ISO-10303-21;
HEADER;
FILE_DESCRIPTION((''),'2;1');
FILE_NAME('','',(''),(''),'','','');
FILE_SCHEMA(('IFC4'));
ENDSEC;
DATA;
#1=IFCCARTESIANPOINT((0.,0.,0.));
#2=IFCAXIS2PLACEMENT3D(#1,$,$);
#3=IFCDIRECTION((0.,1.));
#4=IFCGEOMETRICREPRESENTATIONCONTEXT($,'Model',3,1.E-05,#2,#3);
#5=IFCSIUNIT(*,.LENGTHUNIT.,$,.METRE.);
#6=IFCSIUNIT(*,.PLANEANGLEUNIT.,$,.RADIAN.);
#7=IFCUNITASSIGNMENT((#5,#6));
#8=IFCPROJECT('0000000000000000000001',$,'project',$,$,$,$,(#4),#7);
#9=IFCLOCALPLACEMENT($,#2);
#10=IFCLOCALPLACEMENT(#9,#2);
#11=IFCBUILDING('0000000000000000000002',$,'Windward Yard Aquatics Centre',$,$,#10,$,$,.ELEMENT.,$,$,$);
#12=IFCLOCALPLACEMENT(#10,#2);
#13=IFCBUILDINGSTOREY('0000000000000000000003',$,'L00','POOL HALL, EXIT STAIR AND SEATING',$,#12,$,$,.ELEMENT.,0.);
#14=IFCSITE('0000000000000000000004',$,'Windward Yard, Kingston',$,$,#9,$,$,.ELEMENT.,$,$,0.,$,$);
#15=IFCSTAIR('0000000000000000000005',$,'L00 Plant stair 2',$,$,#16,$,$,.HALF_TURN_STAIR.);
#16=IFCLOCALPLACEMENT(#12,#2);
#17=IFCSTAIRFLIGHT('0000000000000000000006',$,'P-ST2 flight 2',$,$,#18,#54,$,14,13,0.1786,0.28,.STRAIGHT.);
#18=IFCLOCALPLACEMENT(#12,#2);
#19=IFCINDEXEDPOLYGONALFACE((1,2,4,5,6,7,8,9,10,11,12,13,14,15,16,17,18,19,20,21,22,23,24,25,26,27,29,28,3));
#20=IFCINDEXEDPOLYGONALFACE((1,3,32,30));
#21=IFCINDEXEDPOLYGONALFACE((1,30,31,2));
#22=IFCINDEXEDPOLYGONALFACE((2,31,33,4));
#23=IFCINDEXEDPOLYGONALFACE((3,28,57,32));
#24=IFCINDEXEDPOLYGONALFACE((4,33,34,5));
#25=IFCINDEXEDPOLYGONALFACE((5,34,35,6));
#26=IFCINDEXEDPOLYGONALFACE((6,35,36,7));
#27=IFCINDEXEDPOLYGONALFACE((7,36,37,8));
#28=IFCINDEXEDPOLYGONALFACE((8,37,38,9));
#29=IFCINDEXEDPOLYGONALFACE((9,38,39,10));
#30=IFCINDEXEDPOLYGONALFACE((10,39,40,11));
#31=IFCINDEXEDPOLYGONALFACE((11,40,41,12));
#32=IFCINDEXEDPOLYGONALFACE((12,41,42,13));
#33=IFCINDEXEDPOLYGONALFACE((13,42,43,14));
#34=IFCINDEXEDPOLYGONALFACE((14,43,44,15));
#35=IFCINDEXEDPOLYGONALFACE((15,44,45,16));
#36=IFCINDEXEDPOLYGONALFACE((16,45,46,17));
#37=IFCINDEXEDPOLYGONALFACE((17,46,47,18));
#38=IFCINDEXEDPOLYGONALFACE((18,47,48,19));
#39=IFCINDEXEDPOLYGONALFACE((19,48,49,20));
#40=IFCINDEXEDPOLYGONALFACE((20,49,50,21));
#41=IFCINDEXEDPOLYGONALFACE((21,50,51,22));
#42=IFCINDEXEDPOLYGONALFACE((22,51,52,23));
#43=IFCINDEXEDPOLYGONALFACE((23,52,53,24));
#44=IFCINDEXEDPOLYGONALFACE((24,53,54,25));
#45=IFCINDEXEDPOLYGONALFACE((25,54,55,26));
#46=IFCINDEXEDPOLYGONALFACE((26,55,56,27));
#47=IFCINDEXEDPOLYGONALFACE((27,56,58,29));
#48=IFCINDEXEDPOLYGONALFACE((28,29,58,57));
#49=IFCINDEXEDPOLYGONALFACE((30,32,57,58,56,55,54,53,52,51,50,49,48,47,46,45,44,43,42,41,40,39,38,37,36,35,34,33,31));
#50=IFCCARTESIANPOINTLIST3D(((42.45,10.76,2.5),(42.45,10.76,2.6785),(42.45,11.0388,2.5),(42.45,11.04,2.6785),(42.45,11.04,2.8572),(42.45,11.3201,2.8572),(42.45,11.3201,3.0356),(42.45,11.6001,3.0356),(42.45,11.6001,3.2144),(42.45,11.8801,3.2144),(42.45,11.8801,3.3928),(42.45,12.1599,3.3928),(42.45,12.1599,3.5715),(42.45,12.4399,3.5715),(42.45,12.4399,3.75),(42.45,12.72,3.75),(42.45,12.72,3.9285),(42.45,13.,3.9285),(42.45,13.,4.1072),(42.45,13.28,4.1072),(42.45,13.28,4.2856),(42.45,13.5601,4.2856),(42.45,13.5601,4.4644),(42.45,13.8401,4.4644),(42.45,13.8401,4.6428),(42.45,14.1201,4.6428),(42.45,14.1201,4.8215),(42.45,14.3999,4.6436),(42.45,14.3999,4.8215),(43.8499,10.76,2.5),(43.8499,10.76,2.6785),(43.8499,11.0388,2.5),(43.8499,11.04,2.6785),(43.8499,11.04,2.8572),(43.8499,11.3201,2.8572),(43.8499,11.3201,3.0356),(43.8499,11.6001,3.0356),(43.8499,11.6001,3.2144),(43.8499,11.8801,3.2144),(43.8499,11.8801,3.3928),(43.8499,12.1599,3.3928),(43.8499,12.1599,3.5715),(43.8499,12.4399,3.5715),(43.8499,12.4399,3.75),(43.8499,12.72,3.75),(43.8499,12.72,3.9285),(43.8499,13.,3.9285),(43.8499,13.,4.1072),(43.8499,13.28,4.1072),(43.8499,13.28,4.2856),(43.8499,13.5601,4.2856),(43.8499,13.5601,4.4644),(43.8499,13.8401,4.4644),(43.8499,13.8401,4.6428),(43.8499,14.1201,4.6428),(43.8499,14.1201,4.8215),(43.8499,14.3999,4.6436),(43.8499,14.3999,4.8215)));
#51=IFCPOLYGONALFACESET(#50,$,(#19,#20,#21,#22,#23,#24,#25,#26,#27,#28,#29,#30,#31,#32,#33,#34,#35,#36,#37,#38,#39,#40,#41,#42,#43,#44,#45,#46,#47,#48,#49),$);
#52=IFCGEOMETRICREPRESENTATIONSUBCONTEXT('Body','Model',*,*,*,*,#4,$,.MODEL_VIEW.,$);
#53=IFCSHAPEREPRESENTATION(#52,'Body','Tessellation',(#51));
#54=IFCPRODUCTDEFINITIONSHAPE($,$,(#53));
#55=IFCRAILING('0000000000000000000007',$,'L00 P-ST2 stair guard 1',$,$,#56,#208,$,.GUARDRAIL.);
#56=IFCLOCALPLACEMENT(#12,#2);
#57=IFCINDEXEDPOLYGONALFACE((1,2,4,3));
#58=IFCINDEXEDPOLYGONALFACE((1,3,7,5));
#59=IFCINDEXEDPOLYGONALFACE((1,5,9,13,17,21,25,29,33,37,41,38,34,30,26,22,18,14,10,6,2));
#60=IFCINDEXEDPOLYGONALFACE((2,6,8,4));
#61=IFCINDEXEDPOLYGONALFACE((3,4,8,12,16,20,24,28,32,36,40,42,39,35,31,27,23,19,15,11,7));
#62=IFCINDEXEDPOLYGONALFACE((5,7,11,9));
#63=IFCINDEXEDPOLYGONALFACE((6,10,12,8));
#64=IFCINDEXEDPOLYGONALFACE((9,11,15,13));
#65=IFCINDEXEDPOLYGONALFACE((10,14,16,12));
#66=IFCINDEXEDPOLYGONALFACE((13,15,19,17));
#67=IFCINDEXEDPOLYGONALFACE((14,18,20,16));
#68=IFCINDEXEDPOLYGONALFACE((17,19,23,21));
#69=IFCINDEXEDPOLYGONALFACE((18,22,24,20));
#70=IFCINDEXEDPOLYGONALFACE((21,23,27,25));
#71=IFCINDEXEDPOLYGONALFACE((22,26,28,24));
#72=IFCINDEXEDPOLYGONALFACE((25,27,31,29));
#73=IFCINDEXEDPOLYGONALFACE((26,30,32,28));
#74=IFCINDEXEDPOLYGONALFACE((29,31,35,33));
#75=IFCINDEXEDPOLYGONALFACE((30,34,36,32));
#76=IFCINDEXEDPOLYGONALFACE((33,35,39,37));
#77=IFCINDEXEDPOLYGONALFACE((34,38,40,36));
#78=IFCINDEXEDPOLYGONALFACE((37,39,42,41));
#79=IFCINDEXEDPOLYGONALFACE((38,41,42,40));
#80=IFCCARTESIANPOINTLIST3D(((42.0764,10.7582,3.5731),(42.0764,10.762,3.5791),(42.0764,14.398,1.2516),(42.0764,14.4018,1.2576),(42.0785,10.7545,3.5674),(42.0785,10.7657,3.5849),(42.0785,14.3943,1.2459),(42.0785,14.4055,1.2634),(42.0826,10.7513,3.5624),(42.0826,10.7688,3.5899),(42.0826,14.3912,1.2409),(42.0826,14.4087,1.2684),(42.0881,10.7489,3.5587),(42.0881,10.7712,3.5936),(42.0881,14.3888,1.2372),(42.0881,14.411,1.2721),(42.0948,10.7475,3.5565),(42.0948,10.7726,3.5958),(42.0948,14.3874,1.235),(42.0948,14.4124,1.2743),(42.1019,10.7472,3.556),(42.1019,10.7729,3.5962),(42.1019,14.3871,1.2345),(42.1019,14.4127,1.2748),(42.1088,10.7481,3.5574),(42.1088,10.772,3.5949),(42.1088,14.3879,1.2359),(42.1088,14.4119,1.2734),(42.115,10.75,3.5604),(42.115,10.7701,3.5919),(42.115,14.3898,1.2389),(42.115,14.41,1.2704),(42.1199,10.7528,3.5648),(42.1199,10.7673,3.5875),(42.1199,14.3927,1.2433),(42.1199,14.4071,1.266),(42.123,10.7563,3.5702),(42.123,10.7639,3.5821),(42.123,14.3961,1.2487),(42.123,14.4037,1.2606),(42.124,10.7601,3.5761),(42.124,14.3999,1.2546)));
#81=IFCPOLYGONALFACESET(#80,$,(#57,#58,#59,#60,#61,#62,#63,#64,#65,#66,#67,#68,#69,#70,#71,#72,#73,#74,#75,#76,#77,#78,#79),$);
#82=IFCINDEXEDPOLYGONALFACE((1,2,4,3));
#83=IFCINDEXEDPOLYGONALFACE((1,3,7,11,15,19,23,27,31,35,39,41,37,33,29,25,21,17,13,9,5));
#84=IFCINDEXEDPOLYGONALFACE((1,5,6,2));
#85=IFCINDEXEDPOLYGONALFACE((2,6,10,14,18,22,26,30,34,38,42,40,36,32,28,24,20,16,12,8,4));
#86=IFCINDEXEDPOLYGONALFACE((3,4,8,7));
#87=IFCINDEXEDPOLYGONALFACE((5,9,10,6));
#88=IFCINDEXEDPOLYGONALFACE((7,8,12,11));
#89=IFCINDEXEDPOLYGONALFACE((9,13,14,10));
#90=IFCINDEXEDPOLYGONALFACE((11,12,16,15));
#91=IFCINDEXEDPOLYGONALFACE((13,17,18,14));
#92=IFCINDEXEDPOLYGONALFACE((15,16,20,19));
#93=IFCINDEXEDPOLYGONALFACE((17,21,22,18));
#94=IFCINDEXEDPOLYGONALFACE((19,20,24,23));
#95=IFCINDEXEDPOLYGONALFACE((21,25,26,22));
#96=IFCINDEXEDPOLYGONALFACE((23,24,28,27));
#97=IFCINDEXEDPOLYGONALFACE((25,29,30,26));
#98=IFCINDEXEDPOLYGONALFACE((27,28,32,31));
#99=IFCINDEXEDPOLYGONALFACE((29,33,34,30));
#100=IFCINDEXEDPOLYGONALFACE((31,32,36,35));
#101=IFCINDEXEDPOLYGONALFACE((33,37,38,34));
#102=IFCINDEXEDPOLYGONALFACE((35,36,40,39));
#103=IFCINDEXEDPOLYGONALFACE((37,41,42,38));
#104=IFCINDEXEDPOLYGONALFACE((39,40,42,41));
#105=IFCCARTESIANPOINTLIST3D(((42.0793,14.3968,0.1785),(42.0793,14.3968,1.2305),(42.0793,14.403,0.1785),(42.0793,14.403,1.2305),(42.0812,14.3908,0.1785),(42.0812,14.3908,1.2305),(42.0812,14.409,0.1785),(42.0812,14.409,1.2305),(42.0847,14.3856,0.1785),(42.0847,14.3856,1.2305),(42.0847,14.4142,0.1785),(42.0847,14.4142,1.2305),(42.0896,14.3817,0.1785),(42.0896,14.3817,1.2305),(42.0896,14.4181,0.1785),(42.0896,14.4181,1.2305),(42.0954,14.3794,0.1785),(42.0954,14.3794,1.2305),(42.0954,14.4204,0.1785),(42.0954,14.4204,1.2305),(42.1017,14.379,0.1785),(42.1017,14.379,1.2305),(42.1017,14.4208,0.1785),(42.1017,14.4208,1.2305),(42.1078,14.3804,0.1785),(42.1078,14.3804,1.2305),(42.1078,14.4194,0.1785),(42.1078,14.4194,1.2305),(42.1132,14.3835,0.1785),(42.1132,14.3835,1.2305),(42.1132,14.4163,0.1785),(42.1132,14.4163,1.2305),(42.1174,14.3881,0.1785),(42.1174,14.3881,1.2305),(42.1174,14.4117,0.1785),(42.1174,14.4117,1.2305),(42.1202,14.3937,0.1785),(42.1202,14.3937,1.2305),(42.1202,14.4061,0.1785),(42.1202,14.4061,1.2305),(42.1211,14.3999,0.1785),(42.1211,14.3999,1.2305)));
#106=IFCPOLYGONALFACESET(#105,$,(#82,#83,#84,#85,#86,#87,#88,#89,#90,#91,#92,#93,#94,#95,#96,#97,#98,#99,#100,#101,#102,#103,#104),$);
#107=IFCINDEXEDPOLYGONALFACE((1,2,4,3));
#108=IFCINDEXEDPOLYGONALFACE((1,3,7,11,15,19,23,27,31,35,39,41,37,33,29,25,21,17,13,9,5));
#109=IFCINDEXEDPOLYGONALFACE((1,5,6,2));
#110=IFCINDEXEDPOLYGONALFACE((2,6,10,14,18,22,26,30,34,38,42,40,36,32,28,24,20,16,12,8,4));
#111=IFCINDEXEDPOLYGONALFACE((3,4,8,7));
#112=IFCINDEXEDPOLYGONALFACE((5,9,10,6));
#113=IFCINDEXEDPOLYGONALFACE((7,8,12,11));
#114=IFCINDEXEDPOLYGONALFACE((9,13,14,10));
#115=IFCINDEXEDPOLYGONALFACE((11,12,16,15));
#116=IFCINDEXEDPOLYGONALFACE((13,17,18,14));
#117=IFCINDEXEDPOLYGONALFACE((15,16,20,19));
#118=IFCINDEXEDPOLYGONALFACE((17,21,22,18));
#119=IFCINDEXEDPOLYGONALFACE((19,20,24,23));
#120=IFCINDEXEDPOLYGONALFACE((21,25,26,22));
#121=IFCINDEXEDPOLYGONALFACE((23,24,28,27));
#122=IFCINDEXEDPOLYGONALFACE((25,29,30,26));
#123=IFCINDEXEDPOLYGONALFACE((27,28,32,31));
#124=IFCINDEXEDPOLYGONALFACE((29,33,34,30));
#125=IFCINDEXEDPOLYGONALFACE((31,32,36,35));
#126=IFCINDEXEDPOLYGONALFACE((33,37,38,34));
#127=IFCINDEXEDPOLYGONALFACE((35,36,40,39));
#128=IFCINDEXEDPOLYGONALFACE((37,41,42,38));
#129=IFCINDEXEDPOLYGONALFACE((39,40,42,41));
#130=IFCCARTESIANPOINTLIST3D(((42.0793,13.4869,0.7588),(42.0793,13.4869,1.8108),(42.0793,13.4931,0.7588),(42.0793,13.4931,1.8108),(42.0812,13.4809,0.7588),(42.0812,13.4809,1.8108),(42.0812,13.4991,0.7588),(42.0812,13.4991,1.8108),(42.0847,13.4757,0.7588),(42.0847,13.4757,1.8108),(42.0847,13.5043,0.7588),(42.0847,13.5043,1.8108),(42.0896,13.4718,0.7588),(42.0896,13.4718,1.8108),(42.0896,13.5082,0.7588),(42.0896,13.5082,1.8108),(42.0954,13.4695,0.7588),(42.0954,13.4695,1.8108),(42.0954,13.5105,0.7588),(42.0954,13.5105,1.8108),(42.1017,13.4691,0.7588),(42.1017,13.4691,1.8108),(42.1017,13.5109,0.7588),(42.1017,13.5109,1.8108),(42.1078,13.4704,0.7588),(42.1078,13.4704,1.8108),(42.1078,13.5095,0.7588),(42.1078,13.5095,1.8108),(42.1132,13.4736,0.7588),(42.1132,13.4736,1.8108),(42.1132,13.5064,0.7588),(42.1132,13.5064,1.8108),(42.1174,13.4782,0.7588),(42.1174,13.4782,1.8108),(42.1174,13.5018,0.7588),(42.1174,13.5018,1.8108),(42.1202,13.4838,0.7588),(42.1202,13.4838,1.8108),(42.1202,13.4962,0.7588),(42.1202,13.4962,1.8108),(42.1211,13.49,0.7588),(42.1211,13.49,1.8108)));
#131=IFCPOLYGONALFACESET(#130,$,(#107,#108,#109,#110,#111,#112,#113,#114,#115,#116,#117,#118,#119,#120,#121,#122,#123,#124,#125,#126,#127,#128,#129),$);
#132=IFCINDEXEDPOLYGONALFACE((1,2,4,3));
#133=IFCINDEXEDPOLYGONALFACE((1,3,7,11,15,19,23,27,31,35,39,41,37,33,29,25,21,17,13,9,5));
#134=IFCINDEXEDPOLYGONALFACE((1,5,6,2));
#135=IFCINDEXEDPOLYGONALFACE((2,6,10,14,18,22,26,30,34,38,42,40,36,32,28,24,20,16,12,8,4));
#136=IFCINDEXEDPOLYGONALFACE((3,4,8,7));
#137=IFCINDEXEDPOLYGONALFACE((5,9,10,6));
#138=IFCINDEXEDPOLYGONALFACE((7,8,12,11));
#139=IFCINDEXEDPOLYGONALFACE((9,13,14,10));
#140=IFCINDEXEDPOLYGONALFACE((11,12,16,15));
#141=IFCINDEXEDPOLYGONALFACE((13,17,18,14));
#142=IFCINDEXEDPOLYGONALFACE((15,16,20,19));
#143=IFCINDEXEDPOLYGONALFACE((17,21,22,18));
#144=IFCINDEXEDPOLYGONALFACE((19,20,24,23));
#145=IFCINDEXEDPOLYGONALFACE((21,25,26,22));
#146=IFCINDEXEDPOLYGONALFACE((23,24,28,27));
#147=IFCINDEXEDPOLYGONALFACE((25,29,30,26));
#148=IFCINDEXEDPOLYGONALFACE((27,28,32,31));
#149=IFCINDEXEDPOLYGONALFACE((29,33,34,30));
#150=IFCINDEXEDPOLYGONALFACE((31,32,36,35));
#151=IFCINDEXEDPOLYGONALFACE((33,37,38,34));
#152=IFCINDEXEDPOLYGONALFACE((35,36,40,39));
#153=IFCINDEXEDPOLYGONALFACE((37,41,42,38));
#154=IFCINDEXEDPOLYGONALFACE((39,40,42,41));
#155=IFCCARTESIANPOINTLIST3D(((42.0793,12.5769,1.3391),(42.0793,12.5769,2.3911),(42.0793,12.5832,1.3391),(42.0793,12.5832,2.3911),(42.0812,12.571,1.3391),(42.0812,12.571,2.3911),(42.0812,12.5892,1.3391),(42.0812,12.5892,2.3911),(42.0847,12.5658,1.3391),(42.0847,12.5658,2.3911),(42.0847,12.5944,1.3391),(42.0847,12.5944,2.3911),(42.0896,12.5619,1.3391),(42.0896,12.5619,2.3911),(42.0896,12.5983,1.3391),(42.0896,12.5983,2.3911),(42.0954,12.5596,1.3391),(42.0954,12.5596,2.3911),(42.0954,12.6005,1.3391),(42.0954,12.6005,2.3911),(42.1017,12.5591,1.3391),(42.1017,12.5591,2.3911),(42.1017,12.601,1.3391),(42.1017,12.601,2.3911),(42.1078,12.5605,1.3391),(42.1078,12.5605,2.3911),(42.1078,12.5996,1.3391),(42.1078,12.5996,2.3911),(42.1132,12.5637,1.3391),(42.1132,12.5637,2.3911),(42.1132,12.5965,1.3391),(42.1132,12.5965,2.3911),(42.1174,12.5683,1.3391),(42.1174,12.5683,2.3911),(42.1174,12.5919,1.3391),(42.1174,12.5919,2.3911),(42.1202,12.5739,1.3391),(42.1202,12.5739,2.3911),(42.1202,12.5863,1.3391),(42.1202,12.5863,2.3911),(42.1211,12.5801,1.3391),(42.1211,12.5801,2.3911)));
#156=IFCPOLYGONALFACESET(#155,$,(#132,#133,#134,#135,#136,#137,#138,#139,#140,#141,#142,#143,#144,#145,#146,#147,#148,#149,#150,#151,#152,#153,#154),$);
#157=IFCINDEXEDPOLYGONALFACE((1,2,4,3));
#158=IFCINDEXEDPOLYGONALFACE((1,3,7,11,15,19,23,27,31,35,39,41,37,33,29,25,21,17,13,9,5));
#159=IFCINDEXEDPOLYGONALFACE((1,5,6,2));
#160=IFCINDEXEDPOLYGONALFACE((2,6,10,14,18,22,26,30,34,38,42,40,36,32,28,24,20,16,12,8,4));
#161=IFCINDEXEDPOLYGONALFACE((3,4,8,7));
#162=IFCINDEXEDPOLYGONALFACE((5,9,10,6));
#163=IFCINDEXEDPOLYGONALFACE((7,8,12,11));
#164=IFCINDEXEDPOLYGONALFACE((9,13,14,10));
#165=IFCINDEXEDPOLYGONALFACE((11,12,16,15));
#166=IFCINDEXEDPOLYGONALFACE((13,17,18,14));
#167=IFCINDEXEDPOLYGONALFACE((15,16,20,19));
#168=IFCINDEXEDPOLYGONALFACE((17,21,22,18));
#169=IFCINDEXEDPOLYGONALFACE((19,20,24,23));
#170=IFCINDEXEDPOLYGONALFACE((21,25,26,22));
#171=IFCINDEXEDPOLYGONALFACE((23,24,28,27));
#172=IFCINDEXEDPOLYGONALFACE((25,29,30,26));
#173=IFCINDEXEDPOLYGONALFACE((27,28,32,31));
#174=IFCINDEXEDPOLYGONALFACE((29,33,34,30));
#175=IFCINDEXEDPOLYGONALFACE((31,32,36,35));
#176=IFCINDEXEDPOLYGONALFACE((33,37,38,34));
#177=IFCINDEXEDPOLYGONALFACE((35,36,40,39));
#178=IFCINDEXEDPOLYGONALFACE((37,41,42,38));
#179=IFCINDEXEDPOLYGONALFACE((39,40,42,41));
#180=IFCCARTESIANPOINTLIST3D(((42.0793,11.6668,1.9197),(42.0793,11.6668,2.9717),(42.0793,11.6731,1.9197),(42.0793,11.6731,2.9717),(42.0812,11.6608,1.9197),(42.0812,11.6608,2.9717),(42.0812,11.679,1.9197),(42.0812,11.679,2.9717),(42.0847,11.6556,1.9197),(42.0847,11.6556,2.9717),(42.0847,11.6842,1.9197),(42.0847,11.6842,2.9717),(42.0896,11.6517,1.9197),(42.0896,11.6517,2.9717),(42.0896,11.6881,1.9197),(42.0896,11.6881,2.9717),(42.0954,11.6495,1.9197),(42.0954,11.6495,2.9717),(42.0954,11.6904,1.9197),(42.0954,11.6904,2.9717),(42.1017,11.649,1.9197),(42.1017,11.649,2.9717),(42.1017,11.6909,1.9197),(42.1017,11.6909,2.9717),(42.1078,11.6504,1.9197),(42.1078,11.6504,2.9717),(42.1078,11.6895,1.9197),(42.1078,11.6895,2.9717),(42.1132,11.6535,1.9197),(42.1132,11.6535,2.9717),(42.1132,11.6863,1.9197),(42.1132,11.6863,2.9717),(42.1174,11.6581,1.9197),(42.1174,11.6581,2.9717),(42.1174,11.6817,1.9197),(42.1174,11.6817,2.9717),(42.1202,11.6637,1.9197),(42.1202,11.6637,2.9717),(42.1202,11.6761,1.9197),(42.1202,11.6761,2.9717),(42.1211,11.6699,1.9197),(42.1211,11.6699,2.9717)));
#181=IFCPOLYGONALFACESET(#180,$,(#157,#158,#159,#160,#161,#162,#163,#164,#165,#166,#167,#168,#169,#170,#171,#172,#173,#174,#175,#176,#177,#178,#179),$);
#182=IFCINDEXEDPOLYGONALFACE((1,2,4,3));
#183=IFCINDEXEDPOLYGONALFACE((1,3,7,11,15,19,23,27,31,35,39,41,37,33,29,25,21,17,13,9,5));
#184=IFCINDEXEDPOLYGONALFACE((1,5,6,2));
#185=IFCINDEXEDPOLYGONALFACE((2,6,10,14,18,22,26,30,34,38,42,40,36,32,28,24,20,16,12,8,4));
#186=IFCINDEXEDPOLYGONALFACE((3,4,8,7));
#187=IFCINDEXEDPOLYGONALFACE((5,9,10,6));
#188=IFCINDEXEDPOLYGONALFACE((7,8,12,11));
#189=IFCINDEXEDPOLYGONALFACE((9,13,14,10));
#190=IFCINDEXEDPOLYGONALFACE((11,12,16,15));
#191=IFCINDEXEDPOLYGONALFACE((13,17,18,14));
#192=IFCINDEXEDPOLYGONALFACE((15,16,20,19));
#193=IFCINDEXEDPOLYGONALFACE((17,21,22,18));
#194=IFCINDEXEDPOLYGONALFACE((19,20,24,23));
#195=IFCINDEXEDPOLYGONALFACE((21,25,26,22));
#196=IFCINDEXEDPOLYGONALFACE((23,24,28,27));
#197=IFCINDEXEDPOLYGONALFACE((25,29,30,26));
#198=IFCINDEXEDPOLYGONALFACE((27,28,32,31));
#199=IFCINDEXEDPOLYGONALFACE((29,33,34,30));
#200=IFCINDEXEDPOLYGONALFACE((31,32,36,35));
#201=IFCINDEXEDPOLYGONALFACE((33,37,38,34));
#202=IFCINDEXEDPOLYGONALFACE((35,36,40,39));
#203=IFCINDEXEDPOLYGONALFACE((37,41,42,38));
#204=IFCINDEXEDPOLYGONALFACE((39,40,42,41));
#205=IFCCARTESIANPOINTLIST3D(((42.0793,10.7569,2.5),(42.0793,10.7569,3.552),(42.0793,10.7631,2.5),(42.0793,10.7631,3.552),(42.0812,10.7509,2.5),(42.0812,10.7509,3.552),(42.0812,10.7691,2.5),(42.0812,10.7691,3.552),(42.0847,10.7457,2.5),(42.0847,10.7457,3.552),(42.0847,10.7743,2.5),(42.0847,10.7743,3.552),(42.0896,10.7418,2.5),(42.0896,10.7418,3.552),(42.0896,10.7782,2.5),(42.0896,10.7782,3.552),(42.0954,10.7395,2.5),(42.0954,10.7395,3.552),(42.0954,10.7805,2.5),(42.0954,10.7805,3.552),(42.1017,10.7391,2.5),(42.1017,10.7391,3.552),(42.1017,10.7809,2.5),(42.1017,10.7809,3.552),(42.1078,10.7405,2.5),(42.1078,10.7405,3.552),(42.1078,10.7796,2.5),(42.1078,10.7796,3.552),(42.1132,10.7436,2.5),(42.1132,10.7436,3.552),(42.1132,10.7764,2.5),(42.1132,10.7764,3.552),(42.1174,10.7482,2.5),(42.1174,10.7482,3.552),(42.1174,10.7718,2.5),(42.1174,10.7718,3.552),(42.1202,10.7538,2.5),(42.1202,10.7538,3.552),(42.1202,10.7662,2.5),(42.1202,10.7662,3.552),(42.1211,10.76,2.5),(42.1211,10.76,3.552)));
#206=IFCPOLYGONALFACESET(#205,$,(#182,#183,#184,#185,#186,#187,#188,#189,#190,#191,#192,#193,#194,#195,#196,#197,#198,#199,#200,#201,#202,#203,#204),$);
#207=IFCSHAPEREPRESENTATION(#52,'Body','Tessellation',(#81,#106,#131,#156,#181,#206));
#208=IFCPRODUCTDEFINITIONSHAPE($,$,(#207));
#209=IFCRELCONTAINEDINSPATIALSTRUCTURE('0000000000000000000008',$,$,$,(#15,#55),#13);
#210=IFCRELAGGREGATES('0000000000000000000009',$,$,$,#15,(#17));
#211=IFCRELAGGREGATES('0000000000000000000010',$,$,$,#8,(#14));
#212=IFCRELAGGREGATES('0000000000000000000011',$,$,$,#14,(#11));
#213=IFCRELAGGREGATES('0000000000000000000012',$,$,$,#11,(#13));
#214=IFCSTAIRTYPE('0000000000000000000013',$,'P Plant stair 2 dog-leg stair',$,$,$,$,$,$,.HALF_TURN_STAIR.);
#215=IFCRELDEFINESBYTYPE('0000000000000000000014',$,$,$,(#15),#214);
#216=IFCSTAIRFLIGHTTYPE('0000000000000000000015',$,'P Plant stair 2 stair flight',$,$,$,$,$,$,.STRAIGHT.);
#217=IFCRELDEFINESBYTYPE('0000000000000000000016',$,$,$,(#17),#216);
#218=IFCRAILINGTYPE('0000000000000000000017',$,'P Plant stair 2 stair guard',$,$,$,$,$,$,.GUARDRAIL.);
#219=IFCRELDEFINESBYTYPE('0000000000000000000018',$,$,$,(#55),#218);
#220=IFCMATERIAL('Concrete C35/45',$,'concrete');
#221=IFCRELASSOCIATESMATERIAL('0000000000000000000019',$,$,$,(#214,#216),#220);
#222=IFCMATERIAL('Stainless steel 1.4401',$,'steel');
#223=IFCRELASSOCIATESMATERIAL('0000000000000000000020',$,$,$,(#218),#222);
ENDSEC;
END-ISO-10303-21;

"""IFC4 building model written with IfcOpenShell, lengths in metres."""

from ifc_helpers import new_model, si_unit, direction, frame, origin, origin_2d, place, context, subcontext, project, spatial, polyline, circle, outline, extrude, material, type_object, element, aggregate, save


model = new_model("IFC4")

# Units and contexts
model_context = context("Model", 3, precision=1e-05, world=origin(), true_north=direction((0.0, 1.0)))
body_context = subcontext(model_context, "Body", "Model", "MODEL_VIEW")
ifc_project = project(units=[si_unit("LENGTHUNIT", "METRE"), si_unit("PLANEANGLEUNIT", "RADIAN")], contexts=[model_context])

# Site, building, storey
site_placement = place(None, origin())
site = spatial("IfcSite", under=ifc_project, at=site_placement, Name="Windward Yard, Kingston", CompositionType="ELEMENT", RefElevation=0.0)
building_placement = place(site_placement, origin())
building = spatial("IfcBuilding", under=site, at=building_placement, Name="Windward Yard Aquatics Centre", CompositionType="ELEMENT")
storey_placement = place(building_placement, origin())
storey = spatial("IfcBuildingStorey", under=building, at=storey_placement, Name="L00", Description="POOL HALL, EXIT STAIR AND SEATING", CompositionType="ELEMENT", Elevation=0.0)

# Shared definitions
ifc_material_1 = material(Name="Concrete C35/45", Category="concrete")

# Stair, stair flight
stair_type = type_object("IfcStairType", Name="P Plant stair 2 dog-leg stair", PredefinedType="HALF_TURN_STAIR", material=ifc_material_1)
stair_placement = place(storey_placement, origin())
stair = element("IfcStair", 1, at=stair_placement, inside=storey, type_object=stair_type, Name="L00 Plant stair 2", PredefinedType="HALF_TURN_STAIR")
stair_flight_type = type_object("IfcStairFlightType", Name="P Plant stair 2 stair flight", PredefinedType="STRAIGHT", material=ifc_material_1)
stair_flight_1_placement = place(storey_placement, frame((43.1499, 10.76, 2.5), z_axis=(0.0, 0.0, 1.0), x_axis=(0.0, 1.0, 0.0)))
stair_flight_1 = element("IfcStairFlight", 2, at=stair_flight_1_placement, type_object=stair_flight_type, Name="P-ST2 flight 2", NumberOfRisers=14, NumberOfTreads=13, PredefinedType="STRAIGHT", RiserHeight=0.1786, TreadLength=0.28, context=body_context, shape_type="SweptSolid", body=[
    extrude(outline(polyline([(0.0, 0.0), (0.0, 0.1785), (0.28, 0.1785), (0.28, 0.3572), (0.5601, 0.3572), (0.5601, 0.5356), (0.8401, 0.5356), (0.8401, 0.7144), (1.1201, 0.7144), (1.1201, 0.8928), (1.3999, 0.8928), (1.3999, 1.0715), (1.6799, 1.0715), (1.6799, 1.25), (1.96, 1.25), (1.96, 1.4285), (2.24, 1.4285), (2.24, 1.6072), (2.52, 1.6072), (2.52, 1.7856), (2.8, 1.7856), (2.8, 1.9644), (3.0801, 1.9644), (3.0801, 2.1428), (3.3601, 2.1428), (3.3601, 2.3215), (3.6399, 2.3215), (3.6399, 2.5), (3.6399, 2.1436), (0.2788, 0.0), (0.0, 0.0)])), frame((0.0, 0.7, 0.0), z_axis=(0.0, -1.0, 0.0), x_axis=(1.0, 0.0, 0.0)), (0.0, 0.0, 1.0), 1.3999),
])
aggregate(stair, [stair_flight_1])

# Railing
ifc_material_2 = material(Name="Stainless steel 1.4401", Category="steel")
railing_type_1 = type_object("IfcRailingType", Name="P Plant stair 2 stair guard", PredefinedType="GUARDRAIL", material=ifc_material_2)
railing_1_placement = place(storey_placement, frame((42.1001, 14.3999, 0.1785)))
element("IfcRailing", 3, at=railing_1_placement, inside=storey, type_object=railing_type_1, Name="L00 P-ST2 stair guard 1", PredefinedType="GUARDRAIL", context=body_context, shape_type="SweptSolid", body=[
    extrude(circle(Radius=0.0239, at=origin_2d()), frame((0.0, 0.0, 1.0762), z_axis=(0.0, -0.843112, 0.537739), x_axis=(1.0, 0.0, 0.0)), (0.0, 0.0, 1.0), 4.3171),
    extrude(circle(Radius=0.021, at=origin_2d()), origin(), (0.0, 0.0, 1.0), 1.052),
    extrude(circle(Radius=0.021, at=origin_2d()), frame((0.0, -0.9099, 0.5803)), (0.0, 0.0, 1.0), 1.052),
    extrude(circle(Radius=0.021, at=origin_2d()), frame((0.0, -1.8198, 1.1606)), (0.0, 0.0, 1.0), 1.052),
    extrude(circle(Radius=0.021, at=origin_2d()), frame((0.0, -2.73, 1.7412)), (0.0, 0.0, 1.0), 1.052),
    extrude(circle(Radius=0.021, at=origin_2d()), frame((0.0, -3.6399, 2.3215)), (0.0, 0.0, 1.0), 1.052),
])

save(model, "model.ifc")
